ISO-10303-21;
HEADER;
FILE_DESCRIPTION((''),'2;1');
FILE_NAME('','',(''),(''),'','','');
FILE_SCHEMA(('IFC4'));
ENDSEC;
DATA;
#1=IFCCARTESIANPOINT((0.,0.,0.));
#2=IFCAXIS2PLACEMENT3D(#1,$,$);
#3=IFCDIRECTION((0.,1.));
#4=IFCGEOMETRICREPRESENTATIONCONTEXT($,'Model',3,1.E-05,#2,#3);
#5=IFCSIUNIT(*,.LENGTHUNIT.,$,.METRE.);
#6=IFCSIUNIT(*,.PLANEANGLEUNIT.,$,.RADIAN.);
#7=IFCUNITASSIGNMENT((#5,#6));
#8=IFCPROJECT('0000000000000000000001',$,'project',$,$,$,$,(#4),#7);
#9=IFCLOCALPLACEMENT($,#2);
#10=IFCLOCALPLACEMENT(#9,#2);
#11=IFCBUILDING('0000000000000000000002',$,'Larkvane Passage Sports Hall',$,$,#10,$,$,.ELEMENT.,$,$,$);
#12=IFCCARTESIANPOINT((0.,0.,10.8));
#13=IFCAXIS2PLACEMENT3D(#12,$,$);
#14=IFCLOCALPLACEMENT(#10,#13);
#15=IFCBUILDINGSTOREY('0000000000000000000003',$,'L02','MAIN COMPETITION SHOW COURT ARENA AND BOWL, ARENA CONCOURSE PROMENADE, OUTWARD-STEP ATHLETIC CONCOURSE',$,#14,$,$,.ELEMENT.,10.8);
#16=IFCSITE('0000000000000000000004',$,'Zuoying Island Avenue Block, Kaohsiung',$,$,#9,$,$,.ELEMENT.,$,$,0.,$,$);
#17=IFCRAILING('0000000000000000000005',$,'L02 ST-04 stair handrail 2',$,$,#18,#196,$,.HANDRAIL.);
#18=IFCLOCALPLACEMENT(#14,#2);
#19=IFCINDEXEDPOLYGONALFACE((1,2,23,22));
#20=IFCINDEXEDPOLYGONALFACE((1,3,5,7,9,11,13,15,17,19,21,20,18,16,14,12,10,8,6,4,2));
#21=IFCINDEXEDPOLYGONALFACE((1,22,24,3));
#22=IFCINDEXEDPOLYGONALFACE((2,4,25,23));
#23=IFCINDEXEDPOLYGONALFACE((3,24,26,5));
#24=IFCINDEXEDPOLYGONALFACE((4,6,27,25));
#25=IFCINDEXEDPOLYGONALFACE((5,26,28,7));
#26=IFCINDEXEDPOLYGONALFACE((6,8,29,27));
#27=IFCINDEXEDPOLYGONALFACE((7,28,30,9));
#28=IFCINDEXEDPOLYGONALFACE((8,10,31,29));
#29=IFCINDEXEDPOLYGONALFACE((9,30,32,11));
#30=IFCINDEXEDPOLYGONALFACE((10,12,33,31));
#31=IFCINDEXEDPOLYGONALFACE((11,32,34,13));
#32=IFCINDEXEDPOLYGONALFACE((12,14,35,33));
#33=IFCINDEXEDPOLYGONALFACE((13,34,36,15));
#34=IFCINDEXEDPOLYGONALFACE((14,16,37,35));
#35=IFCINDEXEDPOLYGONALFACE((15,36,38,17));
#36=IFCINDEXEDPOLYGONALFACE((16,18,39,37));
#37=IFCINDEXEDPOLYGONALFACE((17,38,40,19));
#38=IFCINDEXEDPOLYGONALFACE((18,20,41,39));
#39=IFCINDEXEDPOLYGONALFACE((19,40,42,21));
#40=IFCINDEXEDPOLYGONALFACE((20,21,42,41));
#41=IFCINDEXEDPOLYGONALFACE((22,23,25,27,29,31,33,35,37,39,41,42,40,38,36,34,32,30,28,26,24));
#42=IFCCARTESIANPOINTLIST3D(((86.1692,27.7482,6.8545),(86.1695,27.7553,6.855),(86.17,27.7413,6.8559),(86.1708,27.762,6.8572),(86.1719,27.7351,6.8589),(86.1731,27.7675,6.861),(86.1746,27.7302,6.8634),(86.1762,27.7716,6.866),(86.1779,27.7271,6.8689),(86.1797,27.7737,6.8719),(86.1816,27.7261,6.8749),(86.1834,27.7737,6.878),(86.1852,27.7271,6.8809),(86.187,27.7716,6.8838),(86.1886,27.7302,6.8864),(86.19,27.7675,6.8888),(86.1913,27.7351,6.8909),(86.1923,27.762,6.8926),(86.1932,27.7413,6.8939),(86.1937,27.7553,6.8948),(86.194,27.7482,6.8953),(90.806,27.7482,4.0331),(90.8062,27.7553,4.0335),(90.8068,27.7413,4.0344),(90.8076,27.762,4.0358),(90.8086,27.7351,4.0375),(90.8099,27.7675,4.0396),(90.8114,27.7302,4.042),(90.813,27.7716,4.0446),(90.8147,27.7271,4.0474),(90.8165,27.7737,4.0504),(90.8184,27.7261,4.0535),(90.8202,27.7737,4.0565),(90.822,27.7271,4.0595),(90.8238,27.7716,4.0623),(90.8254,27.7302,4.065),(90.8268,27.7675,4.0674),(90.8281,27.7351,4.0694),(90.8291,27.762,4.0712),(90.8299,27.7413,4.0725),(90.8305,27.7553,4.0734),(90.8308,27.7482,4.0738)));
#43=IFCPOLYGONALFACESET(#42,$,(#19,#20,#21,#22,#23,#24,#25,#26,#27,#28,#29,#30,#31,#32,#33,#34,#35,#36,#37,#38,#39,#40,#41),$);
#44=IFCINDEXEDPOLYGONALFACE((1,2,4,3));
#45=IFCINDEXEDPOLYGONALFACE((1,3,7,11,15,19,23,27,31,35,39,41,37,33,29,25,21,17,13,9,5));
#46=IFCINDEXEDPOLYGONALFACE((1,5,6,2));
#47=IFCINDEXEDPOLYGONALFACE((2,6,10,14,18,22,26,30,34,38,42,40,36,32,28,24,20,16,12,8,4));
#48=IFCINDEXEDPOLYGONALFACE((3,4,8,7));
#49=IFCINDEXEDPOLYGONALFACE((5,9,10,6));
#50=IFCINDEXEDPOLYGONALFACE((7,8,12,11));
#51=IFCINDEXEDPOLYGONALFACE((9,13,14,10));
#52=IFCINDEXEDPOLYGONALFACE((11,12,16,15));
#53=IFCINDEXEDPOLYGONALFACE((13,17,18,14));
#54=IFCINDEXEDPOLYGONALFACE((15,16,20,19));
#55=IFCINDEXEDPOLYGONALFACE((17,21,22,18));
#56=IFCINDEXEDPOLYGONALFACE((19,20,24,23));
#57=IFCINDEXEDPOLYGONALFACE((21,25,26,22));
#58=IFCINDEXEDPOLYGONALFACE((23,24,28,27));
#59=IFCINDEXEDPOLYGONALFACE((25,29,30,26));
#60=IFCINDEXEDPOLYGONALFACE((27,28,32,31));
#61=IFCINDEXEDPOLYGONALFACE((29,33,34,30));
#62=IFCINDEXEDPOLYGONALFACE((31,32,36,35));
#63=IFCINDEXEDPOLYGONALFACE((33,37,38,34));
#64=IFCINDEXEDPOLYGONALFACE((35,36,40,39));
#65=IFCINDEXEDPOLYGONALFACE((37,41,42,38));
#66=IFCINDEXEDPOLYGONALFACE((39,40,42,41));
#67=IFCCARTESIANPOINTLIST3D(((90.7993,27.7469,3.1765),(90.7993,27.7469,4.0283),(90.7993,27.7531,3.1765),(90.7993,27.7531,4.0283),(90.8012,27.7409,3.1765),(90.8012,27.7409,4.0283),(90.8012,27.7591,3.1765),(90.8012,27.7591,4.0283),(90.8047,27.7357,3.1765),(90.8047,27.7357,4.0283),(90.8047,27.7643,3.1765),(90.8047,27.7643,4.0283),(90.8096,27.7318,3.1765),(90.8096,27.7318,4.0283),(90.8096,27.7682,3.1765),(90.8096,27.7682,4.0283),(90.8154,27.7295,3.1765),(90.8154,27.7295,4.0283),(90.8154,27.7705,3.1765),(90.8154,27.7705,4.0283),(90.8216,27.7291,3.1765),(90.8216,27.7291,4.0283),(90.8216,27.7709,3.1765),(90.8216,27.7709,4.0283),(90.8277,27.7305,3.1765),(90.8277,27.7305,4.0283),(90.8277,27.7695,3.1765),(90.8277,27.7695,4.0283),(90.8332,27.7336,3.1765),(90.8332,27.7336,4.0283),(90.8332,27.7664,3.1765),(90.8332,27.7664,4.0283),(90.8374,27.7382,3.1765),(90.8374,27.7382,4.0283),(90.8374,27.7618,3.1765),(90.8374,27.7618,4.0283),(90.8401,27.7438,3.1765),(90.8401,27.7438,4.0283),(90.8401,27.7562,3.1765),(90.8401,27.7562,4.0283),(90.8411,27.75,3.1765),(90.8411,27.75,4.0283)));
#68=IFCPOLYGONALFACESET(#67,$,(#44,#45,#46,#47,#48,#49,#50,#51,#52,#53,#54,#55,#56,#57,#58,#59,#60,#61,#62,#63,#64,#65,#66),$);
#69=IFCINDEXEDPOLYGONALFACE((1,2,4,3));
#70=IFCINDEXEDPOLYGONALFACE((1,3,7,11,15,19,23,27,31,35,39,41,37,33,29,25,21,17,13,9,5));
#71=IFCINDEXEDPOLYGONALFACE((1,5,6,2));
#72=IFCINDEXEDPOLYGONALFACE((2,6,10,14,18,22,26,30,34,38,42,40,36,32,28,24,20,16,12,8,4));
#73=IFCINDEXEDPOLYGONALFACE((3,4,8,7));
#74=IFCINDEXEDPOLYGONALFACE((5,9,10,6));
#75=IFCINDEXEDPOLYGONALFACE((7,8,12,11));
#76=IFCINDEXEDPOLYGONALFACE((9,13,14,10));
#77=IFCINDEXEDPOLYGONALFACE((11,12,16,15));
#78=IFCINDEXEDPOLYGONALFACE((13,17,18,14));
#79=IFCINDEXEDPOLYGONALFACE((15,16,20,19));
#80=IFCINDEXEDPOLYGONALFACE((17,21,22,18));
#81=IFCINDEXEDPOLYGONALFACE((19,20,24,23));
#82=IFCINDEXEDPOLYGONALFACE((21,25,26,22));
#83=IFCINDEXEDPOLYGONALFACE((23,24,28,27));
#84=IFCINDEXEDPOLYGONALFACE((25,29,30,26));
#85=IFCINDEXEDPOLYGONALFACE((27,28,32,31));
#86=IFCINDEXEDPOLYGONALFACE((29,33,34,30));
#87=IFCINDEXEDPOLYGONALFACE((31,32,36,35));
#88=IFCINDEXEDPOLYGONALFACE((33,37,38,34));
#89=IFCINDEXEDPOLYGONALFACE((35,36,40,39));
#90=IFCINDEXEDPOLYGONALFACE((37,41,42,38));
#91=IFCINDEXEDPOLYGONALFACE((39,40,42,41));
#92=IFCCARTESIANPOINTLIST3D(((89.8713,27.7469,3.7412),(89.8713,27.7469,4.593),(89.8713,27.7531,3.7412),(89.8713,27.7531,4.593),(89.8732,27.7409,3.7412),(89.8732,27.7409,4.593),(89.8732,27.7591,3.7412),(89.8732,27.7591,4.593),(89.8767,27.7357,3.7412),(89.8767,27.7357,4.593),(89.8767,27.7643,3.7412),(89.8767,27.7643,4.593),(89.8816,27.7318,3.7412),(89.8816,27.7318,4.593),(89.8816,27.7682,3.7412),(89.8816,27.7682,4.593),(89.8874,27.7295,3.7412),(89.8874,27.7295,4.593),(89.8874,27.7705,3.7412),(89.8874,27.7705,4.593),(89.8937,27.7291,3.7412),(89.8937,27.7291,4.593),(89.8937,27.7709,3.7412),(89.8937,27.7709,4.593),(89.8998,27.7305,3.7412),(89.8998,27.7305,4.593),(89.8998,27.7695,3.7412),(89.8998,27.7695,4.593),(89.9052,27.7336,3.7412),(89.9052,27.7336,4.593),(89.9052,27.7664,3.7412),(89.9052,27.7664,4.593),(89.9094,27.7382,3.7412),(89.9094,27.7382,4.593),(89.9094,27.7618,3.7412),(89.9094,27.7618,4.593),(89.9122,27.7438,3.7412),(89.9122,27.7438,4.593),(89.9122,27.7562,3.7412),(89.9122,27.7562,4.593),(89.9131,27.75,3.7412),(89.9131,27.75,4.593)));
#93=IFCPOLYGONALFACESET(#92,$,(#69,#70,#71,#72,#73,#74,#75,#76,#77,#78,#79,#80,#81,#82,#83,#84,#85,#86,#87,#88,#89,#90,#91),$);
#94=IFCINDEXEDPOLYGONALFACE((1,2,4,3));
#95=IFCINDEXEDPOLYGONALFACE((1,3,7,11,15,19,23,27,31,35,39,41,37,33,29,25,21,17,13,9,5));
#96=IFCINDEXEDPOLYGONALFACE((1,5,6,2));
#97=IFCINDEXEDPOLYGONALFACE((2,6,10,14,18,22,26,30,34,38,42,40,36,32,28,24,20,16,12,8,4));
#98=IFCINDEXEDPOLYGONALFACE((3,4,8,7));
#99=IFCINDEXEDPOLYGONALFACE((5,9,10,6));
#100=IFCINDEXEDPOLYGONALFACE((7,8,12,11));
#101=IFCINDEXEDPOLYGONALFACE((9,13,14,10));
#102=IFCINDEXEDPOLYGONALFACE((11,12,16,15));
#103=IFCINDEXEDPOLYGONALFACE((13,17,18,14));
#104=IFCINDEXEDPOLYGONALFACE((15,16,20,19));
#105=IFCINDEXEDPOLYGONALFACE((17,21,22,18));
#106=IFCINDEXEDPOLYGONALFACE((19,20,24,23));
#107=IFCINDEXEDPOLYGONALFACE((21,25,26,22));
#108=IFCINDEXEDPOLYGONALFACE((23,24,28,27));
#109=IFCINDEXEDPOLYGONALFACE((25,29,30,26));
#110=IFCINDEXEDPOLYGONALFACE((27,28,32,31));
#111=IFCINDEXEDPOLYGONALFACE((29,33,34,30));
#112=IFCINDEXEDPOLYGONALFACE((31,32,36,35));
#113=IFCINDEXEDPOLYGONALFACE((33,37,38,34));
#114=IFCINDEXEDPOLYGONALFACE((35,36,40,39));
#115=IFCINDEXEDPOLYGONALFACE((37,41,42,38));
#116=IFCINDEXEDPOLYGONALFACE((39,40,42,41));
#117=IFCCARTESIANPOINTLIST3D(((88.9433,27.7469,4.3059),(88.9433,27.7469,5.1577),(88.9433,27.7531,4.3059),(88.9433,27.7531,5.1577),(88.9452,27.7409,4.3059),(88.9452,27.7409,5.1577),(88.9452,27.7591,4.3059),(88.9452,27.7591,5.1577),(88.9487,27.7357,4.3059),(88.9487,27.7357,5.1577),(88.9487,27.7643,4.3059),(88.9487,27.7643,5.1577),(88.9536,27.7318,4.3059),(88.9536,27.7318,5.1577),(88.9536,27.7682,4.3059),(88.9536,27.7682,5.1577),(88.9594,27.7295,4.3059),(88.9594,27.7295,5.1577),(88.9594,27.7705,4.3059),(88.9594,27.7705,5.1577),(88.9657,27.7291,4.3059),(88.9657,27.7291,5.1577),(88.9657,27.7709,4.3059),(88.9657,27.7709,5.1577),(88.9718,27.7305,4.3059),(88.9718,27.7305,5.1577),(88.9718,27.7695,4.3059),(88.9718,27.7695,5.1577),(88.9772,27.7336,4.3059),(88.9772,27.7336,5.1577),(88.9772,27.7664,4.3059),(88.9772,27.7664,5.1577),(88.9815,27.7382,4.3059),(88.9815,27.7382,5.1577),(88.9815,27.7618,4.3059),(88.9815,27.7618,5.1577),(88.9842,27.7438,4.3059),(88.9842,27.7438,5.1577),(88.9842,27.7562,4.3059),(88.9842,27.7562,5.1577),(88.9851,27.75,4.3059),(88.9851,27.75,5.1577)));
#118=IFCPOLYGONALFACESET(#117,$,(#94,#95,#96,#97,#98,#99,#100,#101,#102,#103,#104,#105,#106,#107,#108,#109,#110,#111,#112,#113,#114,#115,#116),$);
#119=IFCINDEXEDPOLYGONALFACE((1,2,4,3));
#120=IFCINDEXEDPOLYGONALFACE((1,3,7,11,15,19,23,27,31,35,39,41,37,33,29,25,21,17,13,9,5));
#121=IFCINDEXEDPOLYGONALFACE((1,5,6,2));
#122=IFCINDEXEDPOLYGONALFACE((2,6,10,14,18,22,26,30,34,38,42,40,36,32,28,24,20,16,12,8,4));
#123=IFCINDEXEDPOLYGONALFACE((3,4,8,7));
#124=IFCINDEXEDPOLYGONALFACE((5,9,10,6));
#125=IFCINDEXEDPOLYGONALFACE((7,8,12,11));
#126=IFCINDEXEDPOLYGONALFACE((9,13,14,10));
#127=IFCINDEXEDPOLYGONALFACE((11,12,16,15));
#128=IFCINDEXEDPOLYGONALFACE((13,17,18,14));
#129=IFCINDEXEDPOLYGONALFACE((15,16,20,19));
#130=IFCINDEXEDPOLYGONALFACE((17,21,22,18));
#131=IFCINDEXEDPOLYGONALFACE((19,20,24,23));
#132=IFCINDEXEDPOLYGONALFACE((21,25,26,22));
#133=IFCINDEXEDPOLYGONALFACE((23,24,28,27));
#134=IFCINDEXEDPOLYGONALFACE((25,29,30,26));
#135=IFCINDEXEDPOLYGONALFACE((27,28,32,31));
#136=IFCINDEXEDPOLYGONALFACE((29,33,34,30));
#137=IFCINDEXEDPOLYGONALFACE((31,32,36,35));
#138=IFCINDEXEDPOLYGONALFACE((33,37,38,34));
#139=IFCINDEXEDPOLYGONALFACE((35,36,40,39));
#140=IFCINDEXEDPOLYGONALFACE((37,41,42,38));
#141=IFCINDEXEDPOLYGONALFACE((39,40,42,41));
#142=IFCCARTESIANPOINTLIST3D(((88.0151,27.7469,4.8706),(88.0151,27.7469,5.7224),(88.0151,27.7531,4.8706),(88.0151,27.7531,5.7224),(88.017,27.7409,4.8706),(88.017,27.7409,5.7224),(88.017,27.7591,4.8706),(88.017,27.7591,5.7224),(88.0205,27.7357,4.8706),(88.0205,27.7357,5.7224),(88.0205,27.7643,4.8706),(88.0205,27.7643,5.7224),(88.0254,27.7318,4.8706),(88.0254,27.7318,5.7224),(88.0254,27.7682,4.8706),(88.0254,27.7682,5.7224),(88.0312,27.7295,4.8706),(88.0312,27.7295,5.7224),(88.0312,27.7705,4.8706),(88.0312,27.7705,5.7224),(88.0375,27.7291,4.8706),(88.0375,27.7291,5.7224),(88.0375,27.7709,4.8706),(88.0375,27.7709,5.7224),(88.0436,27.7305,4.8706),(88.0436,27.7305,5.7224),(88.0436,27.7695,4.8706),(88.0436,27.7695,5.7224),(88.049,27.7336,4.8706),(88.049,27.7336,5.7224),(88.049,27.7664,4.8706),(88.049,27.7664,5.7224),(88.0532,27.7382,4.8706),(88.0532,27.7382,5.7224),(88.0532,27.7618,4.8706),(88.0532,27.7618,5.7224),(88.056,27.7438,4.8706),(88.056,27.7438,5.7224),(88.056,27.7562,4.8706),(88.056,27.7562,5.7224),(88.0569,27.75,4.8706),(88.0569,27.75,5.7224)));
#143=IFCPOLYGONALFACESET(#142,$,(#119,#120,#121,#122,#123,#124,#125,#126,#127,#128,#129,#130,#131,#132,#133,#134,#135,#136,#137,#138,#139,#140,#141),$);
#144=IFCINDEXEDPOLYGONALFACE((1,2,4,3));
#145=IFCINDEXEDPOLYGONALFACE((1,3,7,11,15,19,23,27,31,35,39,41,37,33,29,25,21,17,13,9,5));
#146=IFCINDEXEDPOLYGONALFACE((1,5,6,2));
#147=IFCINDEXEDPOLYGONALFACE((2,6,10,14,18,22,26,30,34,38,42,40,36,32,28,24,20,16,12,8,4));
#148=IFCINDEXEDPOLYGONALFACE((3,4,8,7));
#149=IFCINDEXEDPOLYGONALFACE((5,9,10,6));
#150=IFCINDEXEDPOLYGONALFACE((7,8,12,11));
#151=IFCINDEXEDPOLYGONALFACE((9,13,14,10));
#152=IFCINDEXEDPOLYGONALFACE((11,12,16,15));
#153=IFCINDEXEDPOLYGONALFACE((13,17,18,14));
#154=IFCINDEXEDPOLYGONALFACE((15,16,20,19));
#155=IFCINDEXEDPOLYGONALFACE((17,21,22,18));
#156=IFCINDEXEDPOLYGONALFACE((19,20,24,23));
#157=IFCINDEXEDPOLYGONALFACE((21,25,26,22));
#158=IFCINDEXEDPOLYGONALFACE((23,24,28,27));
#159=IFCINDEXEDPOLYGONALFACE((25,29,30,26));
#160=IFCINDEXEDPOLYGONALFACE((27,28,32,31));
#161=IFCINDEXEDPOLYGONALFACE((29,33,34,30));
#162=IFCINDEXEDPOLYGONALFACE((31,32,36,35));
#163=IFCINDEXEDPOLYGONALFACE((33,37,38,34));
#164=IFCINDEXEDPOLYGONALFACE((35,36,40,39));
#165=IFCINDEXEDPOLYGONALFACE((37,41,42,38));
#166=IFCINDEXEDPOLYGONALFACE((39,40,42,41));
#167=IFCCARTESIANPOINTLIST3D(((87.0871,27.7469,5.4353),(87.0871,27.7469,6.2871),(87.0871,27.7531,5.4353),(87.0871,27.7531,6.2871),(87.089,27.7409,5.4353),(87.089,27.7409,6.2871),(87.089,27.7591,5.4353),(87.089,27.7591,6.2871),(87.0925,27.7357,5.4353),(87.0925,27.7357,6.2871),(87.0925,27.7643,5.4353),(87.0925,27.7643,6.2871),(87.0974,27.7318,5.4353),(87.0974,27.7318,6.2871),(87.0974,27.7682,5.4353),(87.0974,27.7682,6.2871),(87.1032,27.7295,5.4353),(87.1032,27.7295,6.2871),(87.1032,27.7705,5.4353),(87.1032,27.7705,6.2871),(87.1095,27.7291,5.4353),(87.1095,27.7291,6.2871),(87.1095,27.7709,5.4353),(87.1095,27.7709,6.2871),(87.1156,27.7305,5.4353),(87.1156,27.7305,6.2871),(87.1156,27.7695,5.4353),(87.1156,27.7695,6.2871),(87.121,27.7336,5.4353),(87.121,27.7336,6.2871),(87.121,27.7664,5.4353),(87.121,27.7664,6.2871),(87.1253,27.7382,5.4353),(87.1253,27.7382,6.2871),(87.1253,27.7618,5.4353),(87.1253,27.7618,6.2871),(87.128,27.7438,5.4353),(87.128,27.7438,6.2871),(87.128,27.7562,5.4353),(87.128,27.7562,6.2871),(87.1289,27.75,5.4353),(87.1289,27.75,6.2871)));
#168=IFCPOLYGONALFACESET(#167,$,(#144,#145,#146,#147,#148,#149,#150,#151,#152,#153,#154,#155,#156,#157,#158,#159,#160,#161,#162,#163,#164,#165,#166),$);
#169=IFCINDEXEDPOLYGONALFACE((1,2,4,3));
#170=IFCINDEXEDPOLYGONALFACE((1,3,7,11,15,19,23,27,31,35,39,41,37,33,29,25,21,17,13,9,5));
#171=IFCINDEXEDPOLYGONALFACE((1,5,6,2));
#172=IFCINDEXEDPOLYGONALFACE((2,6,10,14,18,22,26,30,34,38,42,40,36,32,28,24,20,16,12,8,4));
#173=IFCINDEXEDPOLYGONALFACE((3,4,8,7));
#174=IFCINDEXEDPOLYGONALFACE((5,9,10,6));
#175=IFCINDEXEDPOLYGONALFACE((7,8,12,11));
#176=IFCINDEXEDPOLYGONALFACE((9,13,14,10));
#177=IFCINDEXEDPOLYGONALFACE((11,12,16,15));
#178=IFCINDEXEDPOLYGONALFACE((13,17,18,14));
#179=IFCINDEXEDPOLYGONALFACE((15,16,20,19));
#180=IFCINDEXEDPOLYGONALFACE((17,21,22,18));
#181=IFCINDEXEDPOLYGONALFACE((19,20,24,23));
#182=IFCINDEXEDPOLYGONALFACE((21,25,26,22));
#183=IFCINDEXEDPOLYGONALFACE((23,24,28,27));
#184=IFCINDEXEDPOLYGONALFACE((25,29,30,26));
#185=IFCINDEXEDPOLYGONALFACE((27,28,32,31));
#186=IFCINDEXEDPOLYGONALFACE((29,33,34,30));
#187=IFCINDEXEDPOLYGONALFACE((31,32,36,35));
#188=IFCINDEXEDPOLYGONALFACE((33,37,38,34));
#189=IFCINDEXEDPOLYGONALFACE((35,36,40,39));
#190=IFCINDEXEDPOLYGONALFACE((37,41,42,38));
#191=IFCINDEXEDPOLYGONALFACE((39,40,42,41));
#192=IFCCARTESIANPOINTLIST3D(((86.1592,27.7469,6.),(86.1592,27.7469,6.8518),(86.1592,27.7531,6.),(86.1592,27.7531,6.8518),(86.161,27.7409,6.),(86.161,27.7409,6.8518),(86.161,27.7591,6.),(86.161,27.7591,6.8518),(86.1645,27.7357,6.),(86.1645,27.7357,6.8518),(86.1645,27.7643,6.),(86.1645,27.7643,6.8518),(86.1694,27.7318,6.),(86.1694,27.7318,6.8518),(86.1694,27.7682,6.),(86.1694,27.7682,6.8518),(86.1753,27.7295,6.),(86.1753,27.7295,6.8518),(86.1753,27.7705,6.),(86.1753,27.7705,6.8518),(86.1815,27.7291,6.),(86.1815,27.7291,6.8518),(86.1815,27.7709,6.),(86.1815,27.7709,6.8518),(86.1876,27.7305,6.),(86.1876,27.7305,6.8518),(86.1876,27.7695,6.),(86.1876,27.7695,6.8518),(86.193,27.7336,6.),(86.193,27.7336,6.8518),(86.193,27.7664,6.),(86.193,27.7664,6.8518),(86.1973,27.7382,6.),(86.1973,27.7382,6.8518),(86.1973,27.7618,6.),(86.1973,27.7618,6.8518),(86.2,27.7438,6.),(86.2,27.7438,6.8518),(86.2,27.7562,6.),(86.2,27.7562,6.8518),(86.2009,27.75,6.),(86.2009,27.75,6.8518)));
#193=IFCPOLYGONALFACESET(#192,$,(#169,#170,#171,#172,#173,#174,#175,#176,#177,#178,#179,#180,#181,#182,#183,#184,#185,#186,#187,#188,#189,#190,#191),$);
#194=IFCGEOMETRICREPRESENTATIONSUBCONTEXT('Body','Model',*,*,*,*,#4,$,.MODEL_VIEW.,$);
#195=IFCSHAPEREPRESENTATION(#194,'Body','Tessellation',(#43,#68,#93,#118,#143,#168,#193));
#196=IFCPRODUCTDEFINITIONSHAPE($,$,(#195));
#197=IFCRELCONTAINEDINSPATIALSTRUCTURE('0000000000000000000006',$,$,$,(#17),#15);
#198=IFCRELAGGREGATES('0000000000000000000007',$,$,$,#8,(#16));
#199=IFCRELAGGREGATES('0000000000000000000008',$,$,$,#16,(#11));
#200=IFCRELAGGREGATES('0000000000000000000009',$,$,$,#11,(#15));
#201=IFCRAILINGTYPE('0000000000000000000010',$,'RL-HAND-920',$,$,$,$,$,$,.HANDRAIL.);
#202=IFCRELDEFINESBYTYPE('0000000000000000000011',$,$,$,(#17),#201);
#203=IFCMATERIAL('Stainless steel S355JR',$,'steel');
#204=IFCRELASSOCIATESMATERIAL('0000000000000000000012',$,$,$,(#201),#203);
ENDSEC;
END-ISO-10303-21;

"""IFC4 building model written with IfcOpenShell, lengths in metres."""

from ifc_helpers import new_model, si_unit, direction, frame, origin, origin_2d, place, context, subcontext, project, spatial, circle, extrude, material, type_object, element, save


model = new_model("IFC4")

# Units and contexts
model_context = context("Model", 3, precision=1e-05, world=origin(), true_north=direction((0.0, 1.0)))
body_context = subcontext(model_context, "Body", "Model", "MODEL_VIEW")
ifc_project = project(units=[si_unit("LENGTHUNIT", "METRE"), si_unit("PLANEANGLEUNIT", "RADIAN")], contexts=[model_context])

# Site, building, storey
site_placement = place(None, origin())
site = spatial("IfcSite", under=ifc_project, at=site_placement, Name="Zuoying Island Avenue Block, Kaohsiung", CompositionType="ELEMENT", RefElevation=0.0)
building_placement = place(site_placement, origin())
building = spatial("IfcBuilding", under=site, at=building_placement, Name="Larkvane Passage Sports Hall", CompositionType="ELEMENT")
storey_placement = place(building_placement, frame((0.0, 0.0, 10.8)))
storey = spatial("IfcBuildingStorey", under=building, at=storey_placement, Name="L02", Description="MAIN COMPETITION SHOW COURT ARENA AND BOWL, ARENA CONCOURSE PROMENADE, OUTWARD-STEP ATHLETIC CONCOURSE", CompositionType="ELEMENT", Elevation=10.8)

# Railing
ifc_material_1 = material(Name="Stainless steel S355JR", Category="steel")
railing_type_1 = type_object("IfcRailingType", Name="RL-HAND-920", PredefinedType="HANDRAIL", material=ifc_material_1)
railing_1_placement = place(storey_placement, frame((90.8201, 27.75, 3.1765)))
element("IfcRailing", 1, at=railing_1_placement, inside=storey, type_object=railing_type_1, Name="L02 ST-04 stair handrail 2", PredefinedType="HANDRAIL", context=body_context, shape_type="SweptSolid", body=[
    extrude(circle(Radius=0.0239, at=origin_2d()), frame((-0.0017, 0.0, 0.877), z_axis=(-0.854276, 0.0, 0.51982), x_axis=(0.0, -1.0, 0.0)), (0.0, 0.0, 1.0), 5.4277),
    extrude(circle(Radius=0.021, at=origin_2d()), origin(), (0.0, 0.0, 1.0), 0.8518),
    extrude(circle(Radius=0.021, at=origin_2d()), frame((-0.928, 0.0, 0.5647)), (0.0, 0.0, 1.0), 0.8518),
    extrude(circle(Radius=0.021, at=origin_2d()), frame((-1.856, 0.0, 1.1294)), (0.0, 0.0, 1.0), 0.8518),
    extrude(circle(Radius=0.021, at=origin_2d()), frame((-2.7842, 0.0, 1.6941)), (0.0, 0.0, 1.0), 0.8518),
    extrude(circle(Radius=0.021, at=origin_2d()), frame((-3.7122, 0.0, 2.2588)), (0.0, 0.0, 1.0), 0.8518),
    extrude(circle(Radius=0.021, at=origin_2d()), frame((-4.6401, 0.0, 2.8235)), (0.0, 0.0, 1.0), 0.8518),
])

save(model, "model.ifc")
